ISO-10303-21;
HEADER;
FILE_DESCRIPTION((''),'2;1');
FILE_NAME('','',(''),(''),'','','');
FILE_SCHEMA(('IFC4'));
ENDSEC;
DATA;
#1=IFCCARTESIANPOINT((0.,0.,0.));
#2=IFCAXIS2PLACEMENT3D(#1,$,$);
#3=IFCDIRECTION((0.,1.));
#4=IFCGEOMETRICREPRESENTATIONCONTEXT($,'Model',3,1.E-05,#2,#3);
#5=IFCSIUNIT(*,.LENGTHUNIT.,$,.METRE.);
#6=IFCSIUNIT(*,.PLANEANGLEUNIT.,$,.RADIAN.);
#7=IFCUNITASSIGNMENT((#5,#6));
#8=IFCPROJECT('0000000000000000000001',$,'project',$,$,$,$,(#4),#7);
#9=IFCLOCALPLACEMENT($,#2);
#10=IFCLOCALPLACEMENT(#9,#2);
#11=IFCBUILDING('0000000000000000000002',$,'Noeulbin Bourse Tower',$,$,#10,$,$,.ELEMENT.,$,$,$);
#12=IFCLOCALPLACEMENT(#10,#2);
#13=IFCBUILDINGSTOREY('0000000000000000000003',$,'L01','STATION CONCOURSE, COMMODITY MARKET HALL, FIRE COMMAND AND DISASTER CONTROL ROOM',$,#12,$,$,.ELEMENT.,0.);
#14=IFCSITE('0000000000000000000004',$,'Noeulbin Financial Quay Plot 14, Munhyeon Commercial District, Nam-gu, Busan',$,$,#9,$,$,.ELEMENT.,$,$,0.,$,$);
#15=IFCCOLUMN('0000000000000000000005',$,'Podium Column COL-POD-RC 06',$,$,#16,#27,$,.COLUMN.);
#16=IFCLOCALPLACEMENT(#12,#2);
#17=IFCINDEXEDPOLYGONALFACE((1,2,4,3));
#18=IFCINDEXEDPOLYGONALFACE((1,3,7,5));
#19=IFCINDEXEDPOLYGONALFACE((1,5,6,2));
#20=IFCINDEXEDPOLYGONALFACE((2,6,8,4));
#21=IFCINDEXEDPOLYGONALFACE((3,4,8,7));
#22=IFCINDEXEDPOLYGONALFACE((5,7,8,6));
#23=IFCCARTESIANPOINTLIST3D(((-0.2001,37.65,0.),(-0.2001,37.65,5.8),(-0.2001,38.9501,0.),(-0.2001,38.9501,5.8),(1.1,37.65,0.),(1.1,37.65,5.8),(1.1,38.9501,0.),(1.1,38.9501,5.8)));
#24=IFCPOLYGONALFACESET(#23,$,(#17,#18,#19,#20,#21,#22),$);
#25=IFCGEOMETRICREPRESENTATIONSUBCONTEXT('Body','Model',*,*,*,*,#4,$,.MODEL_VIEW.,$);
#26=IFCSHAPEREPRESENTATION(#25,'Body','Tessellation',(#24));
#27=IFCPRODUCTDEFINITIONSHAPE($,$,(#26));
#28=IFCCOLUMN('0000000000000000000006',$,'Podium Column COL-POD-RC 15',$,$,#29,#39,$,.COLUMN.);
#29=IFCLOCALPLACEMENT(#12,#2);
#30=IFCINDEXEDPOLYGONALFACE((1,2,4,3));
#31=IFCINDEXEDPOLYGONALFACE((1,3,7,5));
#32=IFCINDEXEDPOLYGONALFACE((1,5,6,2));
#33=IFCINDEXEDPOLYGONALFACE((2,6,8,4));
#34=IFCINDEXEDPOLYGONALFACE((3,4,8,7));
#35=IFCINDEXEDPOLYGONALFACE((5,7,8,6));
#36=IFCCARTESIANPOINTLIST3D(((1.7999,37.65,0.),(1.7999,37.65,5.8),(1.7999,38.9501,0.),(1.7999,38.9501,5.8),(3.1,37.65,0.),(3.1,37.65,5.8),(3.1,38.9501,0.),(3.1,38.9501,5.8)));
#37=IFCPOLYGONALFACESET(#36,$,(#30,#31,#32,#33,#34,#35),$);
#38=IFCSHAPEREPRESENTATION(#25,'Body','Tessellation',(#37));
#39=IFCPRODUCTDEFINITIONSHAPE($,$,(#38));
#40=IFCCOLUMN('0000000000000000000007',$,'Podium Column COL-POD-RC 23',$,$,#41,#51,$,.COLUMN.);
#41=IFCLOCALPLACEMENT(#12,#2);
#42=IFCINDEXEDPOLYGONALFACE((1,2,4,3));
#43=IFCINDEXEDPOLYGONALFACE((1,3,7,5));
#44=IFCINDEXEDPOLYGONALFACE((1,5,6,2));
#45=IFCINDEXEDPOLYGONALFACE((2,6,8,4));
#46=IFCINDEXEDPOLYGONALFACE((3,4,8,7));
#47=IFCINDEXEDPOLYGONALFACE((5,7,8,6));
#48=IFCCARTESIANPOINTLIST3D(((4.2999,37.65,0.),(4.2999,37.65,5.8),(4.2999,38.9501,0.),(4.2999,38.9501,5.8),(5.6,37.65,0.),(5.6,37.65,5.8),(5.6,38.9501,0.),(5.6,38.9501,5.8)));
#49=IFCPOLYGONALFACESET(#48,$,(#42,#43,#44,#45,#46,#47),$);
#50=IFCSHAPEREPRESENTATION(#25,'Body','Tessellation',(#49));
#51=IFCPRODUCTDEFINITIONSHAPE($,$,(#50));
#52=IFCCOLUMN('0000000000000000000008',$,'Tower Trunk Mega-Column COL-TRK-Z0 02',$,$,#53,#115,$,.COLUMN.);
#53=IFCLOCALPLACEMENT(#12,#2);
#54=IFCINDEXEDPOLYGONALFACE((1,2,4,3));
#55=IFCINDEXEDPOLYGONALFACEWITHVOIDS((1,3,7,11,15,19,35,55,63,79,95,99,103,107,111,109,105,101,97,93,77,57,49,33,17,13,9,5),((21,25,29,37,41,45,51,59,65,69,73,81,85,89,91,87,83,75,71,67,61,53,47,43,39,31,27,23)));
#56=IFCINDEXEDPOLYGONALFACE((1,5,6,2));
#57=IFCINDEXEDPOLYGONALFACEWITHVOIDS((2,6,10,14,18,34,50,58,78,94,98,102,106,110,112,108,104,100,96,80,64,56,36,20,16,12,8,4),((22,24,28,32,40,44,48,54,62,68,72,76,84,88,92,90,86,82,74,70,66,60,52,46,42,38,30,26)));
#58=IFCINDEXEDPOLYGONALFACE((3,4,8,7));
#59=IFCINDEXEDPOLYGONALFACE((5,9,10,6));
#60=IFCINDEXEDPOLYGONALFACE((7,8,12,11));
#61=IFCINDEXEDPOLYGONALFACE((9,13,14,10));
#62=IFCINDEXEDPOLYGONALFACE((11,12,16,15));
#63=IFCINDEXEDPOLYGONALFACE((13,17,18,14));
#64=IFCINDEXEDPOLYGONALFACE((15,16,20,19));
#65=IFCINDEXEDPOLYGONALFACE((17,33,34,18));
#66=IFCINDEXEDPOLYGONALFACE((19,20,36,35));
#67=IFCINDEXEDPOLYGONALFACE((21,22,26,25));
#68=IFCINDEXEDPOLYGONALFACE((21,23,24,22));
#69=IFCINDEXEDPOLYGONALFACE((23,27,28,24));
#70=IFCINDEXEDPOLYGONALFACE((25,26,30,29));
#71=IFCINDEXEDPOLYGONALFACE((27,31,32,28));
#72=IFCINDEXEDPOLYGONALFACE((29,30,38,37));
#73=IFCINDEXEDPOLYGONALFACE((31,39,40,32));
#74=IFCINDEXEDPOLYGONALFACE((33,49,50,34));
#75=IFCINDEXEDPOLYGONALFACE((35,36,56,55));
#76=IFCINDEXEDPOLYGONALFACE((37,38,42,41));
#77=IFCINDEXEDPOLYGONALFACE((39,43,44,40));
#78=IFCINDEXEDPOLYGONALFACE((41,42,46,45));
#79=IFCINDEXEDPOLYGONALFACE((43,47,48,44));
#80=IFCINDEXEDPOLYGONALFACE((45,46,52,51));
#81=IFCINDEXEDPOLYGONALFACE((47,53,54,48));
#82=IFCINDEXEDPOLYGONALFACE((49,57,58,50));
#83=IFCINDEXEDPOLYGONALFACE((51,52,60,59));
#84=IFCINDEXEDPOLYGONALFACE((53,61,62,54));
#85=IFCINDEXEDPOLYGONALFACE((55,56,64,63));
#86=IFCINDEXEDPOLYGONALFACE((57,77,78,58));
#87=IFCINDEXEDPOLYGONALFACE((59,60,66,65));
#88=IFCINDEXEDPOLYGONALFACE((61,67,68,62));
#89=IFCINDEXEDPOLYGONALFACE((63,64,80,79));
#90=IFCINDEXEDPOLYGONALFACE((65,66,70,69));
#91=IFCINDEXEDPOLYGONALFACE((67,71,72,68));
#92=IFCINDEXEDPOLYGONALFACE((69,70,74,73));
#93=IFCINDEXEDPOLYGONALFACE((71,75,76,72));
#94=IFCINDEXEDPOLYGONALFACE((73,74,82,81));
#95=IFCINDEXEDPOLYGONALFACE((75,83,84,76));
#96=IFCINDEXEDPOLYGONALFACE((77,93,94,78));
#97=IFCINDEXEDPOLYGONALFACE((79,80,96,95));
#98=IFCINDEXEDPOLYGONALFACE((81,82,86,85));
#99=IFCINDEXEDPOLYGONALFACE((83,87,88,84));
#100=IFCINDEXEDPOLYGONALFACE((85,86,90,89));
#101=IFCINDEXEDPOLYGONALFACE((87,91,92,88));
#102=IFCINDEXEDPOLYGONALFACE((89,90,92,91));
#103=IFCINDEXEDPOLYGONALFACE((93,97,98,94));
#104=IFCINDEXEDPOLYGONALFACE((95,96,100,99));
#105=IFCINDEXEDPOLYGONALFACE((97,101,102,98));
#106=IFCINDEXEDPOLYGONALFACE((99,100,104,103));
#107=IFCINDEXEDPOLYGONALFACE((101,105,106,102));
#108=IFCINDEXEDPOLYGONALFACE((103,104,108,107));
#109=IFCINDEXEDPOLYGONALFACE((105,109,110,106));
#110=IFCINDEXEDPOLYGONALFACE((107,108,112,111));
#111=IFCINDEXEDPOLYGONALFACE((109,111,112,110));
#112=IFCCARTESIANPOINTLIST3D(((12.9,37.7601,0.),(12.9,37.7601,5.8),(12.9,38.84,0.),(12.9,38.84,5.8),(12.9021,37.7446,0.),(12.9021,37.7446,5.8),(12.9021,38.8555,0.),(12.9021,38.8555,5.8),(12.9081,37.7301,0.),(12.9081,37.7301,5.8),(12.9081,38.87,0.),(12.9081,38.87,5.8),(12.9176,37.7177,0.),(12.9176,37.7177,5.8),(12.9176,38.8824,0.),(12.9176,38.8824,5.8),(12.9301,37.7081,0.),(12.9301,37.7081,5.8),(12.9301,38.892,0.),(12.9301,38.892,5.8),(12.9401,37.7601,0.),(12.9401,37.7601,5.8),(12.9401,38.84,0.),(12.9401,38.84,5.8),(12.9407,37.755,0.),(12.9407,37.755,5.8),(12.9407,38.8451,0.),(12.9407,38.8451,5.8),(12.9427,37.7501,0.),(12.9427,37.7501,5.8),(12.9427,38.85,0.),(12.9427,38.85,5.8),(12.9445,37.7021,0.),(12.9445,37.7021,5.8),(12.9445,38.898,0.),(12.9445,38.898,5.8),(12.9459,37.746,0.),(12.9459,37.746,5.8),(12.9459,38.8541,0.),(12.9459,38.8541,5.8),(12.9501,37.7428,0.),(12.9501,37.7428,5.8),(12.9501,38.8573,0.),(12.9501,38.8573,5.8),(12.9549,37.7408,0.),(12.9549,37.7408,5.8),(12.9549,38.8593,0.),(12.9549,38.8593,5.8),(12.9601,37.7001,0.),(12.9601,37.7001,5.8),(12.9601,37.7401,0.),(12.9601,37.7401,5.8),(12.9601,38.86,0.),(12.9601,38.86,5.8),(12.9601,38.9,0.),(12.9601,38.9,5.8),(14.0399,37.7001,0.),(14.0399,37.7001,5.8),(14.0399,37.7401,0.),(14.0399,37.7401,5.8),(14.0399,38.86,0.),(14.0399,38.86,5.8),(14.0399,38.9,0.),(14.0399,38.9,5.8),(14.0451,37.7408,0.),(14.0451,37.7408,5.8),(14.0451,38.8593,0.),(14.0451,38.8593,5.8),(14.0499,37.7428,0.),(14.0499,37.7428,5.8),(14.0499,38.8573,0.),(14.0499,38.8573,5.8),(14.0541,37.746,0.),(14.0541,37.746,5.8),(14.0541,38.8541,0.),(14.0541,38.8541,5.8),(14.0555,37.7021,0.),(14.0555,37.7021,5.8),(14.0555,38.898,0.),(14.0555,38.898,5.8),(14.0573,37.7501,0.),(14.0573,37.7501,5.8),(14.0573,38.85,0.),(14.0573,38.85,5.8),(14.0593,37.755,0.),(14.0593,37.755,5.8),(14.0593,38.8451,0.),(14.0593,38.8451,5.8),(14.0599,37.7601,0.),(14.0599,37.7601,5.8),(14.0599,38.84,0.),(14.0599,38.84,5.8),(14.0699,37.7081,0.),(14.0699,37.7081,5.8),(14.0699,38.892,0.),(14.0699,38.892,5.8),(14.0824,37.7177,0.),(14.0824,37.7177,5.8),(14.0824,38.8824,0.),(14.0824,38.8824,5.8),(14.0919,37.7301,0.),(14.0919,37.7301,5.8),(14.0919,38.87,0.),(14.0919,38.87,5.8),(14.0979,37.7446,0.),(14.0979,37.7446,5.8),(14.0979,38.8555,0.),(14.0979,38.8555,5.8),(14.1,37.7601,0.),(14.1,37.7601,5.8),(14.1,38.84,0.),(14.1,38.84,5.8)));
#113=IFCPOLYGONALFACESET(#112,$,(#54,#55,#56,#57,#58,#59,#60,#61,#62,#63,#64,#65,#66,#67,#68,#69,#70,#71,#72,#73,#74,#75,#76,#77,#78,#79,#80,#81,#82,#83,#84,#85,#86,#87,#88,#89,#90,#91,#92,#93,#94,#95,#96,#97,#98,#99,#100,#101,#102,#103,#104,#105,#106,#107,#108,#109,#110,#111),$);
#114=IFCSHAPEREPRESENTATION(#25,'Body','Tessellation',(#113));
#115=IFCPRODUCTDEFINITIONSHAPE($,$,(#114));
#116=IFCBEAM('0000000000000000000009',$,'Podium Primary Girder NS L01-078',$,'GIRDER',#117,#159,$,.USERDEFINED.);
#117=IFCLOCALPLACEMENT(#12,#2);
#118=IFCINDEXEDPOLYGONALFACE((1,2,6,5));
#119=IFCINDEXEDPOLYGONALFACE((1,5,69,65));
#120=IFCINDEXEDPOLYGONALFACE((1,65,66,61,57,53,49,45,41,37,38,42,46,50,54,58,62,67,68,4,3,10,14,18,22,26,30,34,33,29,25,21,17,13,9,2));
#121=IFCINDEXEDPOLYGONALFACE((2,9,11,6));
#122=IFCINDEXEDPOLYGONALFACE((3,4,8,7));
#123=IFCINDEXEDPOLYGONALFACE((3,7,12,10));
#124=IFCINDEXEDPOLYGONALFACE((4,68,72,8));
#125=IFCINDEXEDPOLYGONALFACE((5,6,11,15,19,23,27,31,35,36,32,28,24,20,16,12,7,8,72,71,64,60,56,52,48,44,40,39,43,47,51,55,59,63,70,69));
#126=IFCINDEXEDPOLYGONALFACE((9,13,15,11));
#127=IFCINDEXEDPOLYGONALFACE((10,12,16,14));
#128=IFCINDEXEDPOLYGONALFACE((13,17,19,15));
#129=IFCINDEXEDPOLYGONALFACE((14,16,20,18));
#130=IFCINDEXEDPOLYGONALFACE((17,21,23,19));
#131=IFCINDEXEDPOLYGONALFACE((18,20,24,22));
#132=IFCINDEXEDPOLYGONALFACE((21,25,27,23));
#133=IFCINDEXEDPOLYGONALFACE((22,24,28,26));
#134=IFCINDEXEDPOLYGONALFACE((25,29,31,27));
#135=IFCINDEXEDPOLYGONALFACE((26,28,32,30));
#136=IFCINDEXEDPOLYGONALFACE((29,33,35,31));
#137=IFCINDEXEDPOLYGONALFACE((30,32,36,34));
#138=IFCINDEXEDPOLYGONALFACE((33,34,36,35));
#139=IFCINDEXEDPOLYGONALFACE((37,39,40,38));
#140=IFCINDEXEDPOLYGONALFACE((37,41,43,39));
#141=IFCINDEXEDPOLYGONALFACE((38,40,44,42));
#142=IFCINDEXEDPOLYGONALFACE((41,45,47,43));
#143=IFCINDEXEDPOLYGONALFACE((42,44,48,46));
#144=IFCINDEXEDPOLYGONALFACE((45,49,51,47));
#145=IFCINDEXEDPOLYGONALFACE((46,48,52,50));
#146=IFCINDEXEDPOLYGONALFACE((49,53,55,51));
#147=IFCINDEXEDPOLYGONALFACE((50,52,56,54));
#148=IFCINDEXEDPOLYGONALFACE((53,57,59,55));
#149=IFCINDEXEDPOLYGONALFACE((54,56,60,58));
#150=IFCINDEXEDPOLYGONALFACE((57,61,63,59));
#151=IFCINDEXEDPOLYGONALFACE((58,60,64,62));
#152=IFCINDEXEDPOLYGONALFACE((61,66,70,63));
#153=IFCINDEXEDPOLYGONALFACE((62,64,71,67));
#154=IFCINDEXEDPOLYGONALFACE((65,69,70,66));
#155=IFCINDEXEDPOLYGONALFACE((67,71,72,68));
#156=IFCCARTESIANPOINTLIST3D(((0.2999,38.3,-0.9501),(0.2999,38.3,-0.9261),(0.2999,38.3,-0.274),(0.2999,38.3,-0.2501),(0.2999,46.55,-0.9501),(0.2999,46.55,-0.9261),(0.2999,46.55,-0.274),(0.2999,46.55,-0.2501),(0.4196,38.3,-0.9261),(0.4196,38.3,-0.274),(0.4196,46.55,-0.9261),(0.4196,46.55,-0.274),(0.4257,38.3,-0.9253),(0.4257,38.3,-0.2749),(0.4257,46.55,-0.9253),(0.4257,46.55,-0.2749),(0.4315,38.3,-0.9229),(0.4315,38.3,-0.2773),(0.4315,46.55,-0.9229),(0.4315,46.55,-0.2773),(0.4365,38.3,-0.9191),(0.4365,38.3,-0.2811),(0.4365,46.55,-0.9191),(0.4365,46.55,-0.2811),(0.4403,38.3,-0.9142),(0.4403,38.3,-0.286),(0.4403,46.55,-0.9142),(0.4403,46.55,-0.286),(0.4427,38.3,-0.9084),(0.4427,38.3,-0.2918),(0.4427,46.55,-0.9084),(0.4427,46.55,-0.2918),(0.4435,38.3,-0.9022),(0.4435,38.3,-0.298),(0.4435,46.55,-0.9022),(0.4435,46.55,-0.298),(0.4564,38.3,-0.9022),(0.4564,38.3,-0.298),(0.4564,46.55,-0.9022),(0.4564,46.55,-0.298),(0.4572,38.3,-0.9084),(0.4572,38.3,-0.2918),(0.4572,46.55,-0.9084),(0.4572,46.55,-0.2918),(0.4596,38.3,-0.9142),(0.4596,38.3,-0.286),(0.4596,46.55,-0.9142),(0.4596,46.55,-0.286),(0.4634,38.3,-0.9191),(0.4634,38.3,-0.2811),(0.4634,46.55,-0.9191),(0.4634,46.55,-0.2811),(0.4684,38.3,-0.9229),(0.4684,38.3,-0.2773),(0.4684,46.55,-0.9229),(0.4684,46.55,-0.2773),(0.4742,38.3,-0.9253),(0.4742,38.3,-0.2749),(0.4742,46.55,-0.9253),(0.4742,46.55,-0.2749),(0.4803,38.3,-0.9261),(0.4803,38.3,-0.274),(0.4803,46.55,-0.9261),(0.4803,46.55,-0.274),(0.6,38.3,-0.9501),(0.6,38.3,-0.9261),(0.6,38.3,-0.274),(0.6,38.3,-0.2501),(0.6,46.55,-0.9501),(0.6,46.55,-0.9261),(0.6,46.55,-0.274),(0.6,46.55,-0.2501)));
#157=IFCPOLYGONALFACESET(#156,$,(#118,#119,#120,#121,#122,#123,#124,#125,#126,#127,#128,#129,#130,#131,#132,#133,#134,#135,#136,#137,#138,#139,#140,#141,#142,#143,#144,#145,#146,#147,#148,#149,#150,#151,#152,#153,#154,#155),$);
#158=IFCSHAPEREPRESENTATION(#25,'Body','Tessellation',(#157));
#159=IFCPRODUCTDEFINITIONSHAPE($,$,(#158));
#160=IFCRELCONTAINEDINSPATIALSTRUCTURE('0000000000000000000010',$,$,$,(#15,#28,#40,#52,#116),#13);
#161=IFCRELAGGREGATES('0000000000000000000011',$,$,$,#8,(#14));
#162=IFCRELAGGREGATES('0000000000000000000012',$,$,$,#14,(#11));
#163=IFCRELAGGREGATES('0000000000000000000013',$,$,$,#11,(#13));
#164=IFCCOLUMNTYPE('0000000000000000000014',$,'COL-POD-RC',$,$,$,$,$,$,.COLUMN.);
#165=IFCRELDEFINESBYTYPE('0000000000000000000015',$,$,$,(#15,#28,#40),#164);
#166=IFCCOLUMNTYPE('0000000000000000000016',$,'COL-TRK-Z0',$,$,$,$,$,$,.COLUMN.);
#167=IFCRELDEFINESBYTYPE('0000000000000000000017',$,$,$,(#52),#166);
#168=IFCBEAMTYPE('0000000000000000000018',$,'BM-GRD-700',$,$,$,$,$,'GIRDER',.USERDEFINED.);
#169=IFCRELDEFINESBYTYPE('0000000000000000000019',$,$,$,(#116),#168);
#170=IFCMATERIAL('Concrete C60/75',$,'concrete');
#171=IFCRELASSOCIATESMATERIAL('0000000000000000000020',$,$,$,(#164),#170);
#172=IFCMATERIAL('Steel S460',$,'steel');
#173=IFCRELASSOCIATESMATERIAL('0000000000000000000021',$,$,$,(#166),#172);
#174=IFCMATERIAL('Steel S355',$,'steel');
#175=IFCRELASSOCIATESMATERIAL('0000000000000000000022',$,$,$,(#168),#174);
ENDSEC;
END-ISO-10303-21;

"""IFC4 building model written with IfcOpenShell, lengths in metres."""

from ifc_helpers import new_model, si_unit, direction, frame, origin, origin_2d, place, context, subcontext, project, spatial, rectangle, hollow_rectangle, i_section, extrude, material, material_profile, profile_set, type_object, element, save


model = new_model("IFC4")

# Units and contexts
model_context = context("Model", 3, precision=1e-05, world=origin(), true_north=direction((0.0, 1.0)))
body_context = subcontext(model_context, "Body", "Model", "MODEL_VIEW")
ifc_project = project(units=[si_unit("LENGTHUNIT", "METRE"), si_unit("PLANEANGLEUNIT", "RADIAN")], contexts=[model_context])

# Site, building, storey
site_placement = place(None, origin())
site = spatial("IfcSite", under=ifc_project, at=site_placement, Name="Noeulbin Financial Quay Plot 14, Munhyeon Commercial District, Nam-gu, Busan", CompositionType="ELEMENT", RefElevation=0.0)
building_placement = place(site_placement, origin())
building = spatial("IfcBuilding", under=site, at=building_placement, Name="Noeulbin Bourse Tower", CompositionType="ELEMENT")
storey_placement = place(building_placement, origin())
storey = spatial("IfcBuildingStorey", under=building, at=storey_placement, Name="L01", Description="STATION CONCOURSE, COMMODITY MARKET HALL, FIRE COMMAND AND DISASTER CONTROL ROOM", CompositionType="ELEMENT", Elevation=0.0)

# Columns
ifc_material_1 = material(Name="Concrete C60/75", Category="concrete")
ifc_material_profile_1 = material_profile(ifc_material_1, rectangle(XDim=1.3, YDim=1.3, at=origin_2d()), Name="RC-COL-1300x1300", Category="LoadBearing")
ifc_profile_set_1 = profile_set([ifc_material_profile_1], Name="Concrete C60/75")
column_type_1 = type_object("IfcColumnType", Name="COL-POD-RC", PredefinedType="COLUMN", material=ifc_profile_set_1)
for number, where, z_axis, x_axis, name in (
    (1, (0.45, 38.3, 0.0), (0.0, 0.0, 1.0), (1.0, 0.0, 0.0), "Podium Column COL-POD-RC 06"),
    (2, (2.45, 38.3, 0.0), (0.0, 0.0, 1.0), (1.0, 0.0, 0.0), "Podium Column COL-POD-RC 15"),
    (3, (4.95, 38.3, 0.0), (0.0, 0.0, 1.0), (1.0, 0.0, 0.0), "Podium Column COL-POD-RC 23"),
):
    element("IfcColumn", number, at=place(storey_placement, frame(where, z_axis=z_axis, x_axis=x_axis)), inside=storey, type_object=column_type_1, Name=name, PredefinedType="COLUMN", context=body_context, shape_type="SweptSolid", body=[
        extrude(rectangle(XDim=1.3, YDim=1.3, at=origin_2d()), origin(), (0.0, 0.0, 1.0), 5.8),
    ])
ifc_material_2 = material(Name="Steel S460", Category="steel")
ifc_material_profile_2 = material_profile(ifc_material_2, hollow_rectangle(XDim=1.2, YDim=1.2, WallThickness=0.04, InnerFilletRadius=0.02, OuterFilletRadius=0.0601, at=origin_2d()), Name="BOX-1200x1200x40", Category="LoadBearing")
ifc_profile_set_2 = profile_set([ifc_material_profile_2], Name="Steel S460")
column_type_2 = type_object("IfcColumnType", Name="COL-TRK-Z0", PredefinedType="COLUMN", material=ifc_profile_set_2)
column_placement = place(storey_placement, frame((13.5, 38.3, 0.0), z_axis=(0.0, 0.0, 1.0), x_axis=(1.0, 0.0, 0.0)))
element("IfcColumn", 4, at=column_placement, inside=storey, type_object=column_type_2, Name="Tower Trunk Mega-Column COL-TRK-Z0 02", PredefinedType="COLUMN", context=body_context, shape_type="SweptSolid", body=[
    extrude(hollow_rectangle(XDim=1.2, YDim=1.2, WallThickness=0.04, InnerFilletRadius=0.02, OuterFilletRadius=0.0601, at=origin_2d()), origin(), (0.0, 0.0, 1.0), 5.8),
])

# Beam
ifc_material_3 = material(Name="Steel S355", Category="steel")
ifc_material_profile_3 = material_profile(ifc_material_3, i_section(OverallWidth=0.3, OverallDepth=0.7, WebThickness=0.0129, FlangeThickness=0.0239, FilletRadius=0.0239, at=origin_2d()), Name="H-700x300x13x24", Category="LoadBearing")
ifc_profile_set_3 = profile_set([ifc_material_profile_3], Name="Steel S355")
beam_type_1 = type_object("IfcBeamType", Name="BM-GRD-700", ElementType="GIRDER", PredefinedType="USERDEFINED", material=ifc_profile_set_3)
for number, where, z_axis, x_axis, name in (
    (5, (0.45, 38.3, -0.6001), (0.0, 1.0, 0.0), (-1.0, 0.0, 0.0), "Podium Primary Girder NS L01-078"),
):
    element("IfcBeam", number, at=place(storey_placement, frame(where, z_axis=z_axis, x_axis=x_axis)), inside=storey, type_object=beam_type_1, Name=name, ObjectType="GIRDER", PredefinedType="USERDEFINED", context=body_context, shape_type="SweptSolid", body=[
        extrude(i_section(OverallWidth=0.3, OverallDepth=0.7, WebThickness=0.0129, FlangeThickness=0.0239, FilletRadius=0.0239, at=origin_2d()), origin(), (0.0, 0.0, 1.0), 8.25),
    ])

save(model, "model.ifc")
